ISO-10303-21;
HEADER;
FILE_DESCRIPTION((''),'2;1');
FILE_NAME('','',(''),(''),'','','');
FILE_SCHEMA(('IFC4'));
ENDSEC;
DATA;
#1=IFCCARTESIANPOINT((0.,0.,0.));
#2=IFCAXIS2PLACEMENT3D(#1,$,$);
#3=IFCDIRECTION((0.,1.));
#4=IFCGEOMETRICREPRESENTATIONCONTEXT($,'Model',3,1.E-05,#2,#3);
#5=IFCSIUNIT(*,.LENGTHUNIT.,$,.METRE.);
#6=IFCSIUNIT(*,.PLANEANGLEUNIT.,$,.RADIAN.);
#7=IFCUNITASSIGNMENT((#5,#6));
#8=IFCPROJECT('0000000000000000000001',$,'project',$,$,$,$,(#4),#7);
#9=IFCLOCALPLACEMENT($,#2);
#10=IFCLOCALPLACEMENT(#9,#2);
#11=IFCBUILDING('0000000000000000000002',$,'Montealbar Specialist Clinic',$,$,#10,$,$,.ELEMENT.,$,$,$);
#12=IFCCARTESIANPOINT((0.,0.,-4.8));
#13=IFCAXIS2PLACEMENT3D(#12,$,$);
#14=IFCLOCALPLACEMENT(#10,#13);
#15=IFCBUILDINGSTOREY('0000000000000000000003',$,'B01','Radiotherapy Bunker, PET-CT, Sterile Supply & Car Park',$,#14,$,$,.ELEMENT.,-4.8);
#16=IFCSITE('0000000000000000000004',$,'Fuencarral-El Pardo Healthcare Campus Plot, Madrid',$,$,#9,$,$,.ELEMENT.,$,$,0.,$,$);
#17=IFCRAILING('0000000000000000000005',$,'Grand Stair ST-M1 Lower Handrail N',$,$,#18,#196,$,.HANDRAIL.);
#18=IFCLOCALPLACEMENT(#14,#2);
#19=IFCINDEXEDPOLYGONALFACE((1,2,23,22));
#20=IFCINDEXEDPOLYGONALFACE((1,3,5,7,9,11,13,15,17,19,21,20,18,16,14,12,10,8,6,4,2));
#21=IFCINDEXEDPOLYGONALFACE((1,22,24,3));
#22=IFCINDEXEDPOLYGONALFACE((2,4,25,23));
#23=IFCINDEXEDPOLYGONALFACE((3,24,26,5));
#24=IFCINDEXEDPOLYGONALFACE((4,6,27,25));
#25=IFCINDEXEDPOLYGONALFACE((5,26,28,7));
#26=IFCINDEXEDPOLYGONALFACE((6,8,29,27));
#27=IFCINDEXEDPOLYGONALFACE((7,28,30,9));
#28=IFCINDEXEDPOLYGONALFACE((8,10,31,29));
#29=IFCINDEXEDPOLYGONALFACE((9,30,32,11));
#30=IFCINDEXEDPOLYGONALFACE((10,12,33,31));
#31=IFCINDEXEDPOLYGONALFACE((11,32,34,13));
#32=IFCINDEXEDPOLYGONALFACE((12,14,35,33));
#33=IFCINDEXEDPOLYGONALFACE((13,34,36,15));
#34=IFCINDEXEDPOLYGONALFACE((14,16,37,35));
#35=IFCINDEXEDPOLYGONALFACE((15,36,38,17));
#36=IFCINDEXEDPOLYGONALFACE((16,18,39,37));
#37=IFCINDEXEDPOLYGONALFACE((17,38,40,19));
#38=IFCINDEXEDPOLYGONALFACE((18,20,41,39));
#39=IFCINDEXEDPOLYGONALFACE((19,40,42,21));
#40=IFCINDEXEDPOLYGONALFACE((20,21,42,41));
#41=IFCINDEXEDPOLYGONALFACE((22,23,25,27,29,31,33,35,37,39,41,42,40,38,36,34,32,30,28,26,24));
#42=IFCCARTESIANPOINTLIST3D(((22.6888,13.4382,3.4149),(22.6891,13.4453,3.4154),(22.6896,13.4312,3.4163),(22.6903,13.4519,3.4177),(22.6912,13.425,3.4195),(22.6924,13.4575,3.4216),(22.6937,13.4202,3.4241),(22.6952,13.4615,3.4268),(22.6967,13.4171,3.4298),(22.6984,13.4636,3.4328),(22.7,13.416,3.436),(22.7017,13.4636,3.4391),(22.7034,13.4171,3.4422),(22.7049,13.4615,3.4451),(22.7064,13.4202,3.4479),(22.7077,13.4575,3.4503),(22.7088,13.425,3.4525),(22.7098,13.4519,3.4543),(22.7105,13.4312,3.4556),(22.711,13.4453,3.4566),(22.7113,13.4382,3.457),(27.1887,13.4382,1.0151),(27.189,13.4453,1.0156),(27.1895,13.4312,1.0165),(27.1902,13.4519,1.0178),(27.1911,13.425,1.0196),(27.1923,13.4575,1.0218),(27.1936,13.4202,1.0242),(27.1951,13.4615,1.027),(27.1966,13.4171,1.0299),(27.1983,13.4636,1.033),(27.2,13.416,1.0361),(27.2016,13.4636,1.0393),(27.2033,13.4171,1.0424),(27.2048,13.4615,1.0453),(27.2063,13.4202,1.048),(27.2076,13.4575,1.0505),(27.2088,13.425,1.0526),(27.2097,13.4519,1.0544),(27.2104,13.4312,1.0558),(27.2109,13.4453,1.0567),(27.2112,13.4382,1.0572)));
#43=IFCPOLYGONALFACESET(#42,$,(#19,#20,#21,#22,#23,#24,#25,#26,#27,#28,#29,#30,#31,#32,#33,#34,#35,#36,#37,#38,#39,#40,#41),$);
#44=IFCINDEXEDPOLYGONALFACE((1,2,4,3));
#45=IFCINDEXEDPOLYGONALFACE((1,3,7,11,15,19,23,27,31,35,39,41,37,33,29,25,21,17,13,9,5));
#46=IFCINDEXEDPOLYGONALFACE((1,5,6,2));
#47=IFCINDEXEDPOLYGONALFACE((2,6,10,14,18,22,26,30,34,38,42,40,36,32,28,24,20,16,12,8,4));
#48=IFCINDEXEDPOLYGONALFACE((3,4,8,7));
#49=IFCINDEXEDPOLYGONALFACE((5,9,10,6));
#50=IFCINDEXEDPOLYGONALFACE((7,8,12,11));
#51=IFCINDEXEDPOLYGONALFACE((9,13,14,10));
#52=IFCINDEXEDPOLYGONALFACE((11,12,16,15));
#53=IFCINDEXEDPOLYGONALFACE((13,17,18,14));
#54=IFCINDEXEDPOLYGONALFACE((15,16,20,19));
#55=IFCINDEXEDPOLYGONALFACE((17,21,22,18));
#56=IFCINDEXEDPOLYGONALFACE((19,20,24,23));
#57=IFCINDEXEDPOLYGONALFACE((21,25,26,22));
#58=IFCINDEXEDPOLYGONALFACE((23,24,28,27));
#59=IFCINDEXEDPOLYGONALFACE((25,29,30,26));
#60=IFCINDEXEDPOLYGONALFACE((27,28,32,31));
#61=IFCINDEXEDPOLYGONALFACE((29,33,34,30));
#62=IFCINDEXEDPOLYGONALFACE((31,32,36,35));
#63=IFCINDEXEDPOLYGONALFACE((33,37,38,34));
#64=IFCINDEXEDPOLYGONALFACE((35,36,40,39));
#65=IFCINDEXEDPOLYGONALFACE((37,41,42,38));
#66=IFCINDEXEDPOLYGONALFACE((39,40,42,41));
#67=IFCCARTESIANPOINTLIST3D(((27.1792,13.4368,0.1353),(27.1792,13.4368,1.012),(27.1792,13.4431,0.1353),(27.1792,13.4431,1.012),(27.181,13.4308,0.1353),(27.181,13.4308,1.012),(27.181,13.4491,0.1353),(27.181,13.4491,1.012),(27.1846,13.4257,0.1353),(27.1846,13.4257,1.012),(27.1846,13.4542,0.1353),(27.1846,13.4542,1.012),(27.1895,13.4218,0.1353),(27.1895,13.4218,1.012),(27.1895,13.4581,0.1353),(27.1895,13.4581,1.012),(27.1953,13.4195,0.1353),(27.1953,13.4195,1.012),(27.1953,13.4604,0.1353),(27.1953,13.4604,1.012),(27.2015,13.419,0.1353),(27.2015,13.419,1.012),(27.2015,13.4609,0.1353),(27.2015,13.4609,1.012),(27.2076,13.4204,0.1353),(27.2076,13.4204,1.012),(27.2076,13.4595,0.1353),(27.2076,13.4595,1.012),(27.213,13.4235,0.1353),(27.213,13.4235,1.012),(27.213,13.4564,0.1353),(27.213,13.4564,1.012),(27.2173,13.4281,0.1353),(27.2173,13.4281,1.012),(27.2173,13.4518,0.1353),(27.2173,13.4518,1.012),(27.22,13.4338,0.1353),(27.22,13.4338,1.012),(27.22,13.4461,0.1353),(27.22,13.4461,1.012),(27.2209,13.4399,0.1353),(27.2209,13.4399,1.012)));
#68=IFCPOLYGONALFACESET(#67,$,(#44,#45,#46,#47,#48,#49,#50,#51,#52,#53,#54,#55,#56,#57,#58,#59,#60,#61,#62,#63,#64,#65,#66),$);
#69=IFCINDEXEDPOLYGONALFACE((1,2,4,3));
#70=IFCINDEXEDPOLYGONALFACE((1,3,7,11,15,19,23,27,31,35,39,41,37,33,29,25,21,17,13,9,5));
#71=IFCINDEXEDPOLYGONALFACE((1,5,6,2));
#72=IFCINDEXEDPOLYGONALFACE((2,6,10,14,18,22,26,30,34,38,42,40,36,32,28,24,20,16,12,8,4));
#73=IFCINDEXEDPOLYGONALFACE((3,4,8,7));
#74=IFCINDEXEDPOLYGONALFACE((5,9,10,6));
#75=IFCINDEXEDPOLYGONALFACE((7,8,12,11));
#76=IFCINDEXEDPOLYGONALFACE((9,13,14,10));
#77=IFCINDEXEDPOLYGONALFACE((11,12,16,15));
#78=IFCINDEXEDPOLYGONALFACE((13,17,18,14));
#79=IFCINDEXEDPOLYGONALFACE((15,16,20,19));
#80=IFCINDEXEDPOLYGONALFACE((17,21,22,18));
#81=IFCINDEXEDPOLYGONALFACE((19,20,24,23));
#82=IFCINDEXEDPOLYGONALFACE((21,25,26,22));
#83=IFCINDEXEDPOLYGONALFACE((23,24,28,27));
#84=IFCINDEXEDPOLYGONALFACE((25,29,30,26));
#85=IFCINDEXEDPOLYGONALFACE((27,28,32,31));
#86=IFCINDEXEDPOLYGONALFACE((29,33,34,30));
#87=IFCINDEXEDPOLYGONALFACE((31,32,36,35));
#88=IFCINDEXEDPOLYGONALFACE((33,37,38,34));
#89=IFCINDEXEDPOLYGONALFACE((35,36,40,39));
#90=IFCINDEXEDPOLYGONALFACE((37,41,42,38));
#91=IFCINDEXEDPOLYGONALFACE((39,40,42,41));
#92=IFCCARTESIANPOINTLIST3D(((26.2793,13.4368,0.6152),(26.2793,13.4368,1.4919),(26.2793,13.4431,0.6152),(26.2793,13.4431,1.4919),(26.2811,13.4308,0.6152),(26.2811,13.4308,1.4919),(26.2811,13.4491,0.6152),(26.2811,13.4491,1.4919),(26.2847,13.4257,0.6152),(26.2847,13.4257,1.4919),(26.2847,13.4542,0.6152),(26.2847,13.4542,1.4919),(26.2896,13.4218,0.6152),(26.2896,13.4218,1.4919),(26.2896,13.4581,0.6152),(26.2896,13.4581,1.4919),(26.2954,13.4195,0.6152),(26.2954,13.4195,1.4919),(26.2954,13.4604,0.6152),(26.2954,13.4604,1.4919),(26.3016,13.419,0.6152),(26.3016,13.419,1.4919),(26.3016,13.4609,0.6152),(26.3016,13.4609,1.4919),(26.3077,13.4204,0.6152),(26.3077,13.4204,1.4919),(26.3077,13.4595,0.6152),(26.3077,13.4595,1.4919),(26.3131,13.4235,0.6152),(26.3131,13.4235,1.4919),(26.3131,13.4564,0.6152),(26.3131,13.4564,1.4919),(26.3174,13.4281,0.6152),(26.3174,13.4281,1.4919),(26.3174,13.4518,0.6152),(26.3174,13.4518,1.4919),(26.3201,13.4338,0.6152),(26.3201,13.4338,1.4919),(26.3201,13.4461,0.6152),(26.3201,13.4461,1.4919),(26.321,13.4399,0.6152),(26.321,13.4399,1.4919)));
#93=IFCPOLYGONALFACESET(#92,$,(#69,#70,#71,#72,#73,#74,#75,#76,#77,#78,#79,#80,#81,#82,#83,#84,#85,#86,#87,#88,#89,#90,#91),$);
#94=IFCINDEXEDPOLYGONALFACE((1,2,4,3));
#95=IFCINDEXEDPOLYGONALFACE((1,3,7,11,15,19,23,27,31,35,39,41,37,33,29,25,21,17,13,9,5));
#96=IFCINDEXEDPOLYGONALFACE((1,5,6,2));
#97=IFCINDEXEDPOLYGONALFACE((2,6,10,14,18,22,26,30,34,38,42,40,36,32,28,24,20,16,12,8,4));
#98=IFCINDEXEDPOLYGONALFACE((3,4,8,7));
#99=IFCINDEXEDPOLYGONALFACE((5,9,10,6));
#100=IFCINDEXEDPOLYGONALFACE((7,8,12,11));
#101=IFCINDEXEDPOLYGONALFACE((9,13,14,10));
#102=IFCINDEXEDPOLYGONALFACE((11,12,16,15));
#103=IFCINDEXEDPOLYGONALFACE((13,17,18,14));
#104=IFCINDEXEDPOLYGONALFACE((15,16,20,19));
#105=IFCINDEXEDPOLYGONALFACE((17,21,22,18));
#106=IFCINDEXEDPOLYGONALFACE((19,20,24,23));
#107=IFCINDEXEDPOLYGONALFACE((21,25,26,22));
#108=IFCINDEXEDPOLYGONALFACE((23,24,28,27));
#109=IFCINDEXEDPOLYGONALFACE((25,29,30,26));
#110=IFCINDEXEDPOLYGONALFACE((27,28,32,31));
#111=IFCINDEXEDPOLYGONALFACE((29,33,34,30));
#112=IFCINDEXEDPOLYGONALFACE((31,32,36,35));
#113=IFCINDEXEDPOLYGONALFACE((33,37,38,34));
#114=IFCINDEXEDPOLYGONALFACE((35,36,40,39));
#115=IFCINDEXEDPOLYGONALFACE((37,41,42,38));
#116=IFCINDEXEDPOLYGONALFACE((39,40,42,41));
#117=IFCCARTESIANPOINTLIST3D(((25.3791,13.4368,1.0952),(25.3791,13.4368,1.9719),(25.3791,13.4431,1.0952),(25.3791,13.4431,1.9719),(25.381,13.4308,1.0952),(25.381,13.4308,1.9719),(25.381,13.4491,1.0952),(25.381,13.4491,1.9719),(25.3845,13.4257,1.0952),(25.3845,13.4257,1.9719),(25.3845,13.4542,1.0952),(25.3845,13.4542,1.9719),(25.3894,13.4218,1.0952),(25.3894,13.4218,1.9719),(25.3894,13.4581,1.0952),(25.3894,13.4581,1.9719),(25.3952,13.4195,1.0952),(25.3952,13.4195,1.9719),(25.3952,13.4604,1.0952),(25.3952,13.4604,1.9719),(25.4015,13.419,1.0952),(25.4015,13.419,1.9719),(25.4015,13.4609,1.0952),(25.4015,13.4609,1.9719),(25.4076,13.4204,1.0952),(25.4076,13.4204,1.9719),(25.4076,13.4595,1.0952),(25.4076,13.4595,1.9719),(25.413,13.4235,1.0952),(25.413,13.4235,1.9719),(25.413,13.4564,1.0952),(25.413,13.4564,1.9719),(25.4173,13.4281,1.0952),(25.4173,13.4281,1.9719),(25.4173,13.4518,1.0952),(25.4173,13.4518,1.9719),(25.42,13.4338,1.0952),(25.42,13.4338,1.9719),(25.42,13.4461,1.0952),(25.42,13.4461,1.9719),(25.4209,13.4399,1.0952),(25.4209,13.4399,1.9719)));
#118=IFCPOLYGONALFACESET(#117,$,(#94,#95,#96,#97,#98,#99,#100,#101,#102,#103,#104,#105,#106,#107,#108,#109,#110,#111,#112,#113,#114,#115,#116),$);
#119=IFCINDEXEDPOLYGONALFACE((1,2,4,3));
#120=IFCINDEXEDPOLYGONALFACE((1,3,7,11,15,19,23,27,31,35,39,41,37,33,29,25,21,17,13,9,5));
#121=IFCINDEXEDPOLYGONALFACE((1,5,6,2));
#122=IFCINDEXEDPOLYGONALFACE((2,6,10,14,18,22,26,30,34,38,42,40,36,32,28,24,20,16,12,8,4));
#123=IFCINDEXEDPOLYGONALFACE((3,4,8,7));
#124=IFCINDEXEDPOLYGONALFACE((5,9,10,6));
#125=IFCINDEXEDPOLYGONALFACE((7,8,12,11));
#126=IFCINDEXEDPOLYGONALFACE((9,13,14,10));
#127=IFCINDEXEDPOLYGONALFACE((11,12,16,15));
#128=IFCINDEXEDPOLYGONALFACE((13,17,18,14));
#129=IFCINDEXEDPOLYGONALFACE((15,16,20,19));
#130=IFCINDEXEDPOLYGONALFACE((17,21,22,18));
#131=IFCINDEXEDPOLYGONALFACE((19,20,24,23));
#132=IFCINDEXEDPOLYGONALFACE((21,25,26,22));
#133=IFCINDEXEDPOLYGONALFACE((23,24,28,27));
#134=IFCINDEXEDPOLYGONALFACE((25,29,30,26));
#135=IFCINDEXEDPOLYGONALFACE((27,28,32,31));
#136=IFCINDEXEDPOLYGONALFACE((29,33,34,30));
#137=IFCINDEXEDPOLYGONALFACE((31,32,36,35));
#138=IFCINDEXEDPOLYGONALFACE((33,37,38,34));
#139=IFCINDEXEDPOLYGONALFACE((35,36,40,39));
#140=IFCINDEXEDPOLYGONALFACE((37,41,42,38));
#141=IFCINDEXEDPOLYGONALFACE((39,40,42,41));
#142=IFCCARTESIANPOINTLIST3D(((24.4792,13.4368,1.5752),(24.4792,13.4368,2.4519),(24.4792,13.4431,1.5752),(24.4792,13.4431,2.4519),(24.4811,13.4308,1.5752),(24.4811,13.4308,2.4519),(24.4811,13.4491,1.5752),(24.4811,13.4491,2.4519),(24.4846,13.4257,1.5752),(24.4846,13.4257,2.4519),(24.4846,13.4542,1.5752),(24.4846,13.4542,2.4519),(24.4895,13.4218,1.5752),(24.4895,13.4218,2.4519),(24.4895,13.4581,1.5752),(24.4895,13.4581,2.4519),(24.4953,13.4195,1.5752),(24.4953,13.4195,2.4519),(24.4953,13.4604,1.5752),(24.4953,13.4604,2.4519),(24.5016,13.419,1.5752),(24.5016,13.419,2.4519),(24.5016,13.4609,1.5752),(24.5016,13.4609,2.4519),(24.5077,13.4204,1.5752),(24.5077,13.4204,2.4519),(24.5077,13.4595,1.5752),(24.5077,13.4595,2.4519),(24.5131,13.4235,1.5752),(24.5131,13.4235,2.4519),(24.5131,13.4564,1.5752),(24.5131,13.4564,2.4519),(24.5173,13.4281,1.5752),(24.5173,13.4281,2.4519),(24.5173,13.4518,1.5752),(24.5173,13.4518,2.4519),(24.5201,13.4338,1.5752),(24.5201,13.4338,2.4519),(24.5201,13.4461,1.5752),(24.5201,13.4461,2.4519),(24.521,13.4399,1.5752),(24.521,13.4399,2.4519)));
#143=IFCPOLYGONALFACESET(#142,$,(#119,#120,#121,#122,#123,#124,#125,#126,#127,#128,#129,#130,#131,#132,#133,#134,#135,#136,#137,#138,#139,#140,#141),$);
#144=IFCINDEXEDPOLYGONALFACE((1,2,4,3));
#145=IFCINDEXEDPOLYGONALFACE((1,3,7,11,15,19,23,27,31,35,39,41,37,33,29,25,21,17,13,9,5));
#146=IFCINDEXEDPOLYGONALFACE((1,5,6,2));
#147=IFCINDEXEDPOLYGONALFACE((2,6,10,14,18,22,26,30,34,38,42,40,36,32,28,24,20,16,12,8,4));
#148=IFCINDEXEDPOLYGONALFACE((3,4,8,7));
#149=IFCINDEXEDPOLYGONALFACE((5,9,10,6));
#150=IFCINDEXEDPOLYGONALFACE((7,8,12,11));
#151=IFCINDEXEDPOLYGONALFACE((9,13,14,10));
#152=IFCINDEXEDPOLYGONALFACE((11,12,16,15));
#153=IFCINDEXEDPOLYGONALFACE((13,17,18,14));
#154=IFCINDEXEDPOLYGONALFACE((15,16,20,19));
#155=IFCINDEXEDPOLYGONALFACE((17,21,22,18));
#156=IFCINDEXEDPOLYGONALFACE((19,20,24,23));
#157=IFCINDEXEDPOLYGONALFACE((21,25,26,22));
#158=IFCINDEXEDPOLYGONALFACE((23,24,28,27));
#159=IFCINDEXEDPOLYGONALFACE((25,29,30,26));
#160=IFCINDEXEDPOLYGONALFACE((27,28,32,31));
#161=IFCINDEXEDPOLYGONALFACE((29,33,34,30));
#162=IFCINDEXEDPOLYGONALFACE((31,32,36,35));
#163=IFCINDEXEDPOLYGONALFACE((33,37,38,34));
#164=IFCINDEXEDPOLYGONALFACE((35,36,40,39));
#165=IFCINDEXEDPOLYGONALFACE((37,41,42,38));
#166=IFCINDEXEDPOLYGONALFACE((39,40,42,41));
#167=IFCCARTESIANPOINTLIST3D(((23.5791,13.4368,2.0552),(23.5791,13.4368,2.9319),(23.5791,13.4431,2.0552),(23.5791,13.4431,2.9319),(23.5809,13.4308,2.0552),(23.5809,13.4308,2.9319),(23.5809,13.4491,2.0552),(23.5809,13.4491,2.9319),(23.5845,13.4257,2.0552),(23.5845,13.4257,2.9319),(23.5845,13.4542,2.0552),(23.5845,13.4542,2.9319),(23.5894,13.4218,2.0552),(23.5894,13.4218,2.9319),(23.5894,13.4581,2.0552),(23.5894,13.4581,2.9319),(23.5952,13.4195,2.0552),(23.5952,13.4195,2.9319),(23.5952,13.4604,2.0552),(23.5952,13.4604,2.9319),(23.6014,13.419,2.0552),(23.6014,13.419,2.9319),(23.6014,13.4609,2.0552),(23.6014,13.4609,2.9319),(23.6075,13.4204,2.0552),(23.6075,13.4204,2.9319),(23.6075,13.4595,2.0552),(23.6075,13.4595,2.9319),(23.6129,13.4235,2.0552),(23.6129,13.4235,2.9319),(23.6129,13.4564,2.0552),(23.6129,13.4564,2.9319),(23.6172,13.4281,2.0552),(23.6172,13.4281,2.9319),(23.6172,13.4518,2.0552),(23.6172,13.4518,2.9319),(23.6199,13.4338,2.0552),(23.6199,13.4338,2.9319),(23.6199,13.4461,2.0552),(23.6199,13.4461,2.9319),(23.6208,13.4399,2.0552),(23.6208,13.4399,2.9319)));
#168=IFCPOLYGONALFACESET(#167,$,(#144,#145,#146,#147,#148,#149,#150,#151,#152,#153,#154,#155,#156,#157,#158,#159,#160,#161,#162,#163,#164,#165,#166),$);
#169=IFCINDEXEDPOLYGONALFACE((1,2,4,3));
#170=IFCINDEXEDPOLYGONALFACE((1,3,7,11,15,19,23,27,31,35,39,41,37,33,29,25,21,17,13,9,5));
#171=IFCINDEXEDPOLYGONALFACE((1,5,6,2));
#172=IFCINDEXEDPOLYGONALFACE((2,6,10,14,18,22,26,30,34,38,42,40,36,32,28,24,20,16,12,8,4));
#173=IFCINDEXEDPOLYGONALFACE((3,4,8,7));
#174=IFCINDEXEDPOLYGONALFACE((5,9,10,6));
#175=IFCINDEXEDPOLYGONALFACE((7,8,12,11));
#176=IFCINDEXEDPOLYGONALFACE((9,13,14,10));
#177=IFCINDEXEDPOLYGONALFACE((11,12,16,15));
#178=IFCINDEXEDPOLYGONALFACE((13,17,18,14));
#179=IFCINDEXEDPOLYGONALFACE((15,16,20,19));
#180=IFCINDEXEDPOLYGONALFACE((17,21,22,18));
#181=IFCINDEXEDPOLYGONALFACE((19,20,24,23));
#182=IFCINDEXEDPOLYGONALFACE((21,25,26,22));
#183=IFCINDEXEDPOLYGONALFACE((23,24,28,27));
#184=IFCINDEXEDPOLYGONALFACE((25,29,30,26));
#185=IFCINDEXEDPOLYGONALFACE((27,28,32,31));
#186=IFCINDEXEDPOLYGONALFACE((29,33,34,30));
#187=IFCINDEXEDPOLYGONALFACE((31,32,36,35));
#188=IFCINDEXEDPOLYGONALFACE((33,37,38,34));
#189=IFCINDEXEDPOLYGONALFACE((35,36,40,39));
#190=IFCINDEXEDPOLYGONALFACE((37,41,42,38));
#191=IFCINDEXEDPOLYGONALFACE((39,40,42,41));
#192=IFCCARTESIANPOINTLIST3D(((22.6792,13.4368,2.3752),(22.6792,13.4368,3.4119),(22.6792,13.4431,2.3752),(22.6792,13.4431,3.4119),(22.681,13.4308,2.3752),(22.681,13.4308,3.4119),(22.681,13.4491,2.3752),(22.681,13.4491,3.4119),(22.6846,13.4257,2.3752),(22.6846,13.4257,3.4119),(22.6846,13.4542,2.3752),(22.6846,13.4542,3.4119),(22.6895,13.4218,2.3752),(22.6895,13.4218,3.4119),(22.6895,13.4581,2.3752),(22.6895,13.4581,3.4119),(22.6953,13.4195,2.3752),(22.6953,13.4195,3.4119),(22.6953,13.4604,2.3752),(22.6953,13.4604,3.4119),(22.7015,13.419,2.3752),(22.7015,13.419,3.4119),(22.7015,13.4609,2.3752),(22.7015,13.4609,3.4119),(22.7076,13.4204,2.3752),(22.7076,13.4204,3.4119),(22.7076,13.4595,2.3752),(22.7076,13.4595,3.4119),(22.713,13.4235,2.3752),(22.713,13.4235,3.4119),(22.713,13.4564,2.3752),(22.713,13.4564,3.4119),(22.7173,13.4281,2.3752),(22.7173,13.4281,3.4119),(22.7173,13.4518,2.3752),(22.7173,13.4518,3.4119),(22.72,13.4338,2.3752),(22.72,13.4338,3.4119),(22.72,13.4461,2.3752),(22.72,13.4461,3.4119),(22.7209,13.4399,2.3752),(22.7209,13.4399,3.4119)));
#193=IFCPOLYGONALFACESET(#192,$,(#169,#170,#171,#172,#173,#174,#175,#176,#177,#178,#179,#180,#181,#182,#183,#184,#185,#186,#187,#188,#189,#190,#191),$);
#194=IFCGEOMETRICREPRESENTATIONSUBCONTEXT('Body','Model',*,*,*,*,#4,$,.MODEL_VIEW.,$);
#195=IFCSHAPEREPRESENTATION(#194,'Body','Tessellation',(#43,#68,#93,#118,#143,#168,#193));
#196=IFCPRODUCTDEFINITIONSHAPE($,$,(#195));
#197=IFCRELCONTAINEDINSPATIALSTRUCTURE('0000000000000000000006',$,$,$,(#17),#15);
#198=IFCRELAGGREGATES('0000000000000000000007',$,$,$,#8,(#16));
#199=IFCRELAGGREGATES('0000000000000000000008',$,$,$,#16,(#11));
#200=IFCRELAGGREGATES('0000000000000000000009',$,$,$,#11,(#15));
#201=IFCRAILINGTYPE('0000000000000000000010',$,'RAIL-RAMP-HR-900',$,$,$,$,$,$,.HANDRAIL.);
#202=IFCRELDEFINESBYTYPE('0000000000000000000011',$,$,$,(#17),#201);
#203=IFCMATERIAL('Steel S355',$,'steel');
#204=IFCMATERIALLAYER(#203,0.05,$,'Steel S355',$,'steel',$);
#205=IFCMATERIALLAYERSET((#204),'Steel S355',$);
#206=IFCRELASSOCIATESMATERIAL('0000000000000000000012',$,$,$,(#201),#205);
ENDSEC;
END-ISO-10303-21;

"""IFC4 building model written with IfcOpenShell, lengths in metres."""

from ifc_helpers import new_model, si_unit, direction, frame, origin, origin_2d, place, context, subcontext, project, spatial, circle, extrude, material, layer, layer_set, type_object, element, save


model = new_model("IFC4")

# Units and contexts
model_context = context("Model", 3, precision=1e-05, world=origin(), true_north=direction((0.0, 1.0)))
body_context = subcontext(model_context, "Body", "Model", "MODEL_VIEW")
ifc_project = project(units=[si_unit("LENGTHUNIT", "METRE"), si_unit("PLANEANGLEUNIT", "RADIAN")], contexts=[model_context])

# Site, building, storey
site_placement = place(None, origin())
site = spatial("IfcSite", under=ifc_project, at=site_placement, Name="Fuencarral-El Pardo Healthcare Campus Plot, Madrid", CompositionType="ELEMENT", RefElevation=0.0)
building_placement = place(site_placement, origin())
building = spatial("IfcBuilding", under=site, at=building_placement, Name="Montealbar Specialist Clinic", CompositionType="ELEMENT")
storey_placement = place(building_placement, frame((0.0, 0.0, -4.8)))
storey = spatial("IfcBuildingStorey", under=building, at=storey_placement, Name="B01", Description="Radiotherapy Bunker, PET-CT, Sterile Supply & Car Park", CompositionType="ELEMENT", Elevation=-4.8)

# Railing
ifc_material_1 = material(Name="Steel S355", Category="steel")
ifc_layer_1 = layer(ifc_material_1, 0.05, Name="Steel S355", Category="steel")
ifc_layer_set_1 = layer_set([ifc_layer_1], Name="Steel S355")
railing_type = type_object("IfcRailingType", Name="RAIL-RAMP-HR-900", PredefinedType="HANDRAIL", material=ifc_layer_set_1)
for number, where, name in (
    (1, (27.2, 13.4399, 0.1602), "Grand Stair ST-M1 Lower Handrail N"),
):
    element("IfcRailing", number, at=place(storey_placement, frame(where)), inside=storey, type_object=railing_type, Name=name, PredefinedType="HANDRAIL", context=body_context, shape_type="SweptSolid", body=[
        extrude(circle(Radius=0.0239, at=origin_2d()), frame((0.0, 0.0, 0.876), z_axis=(-0.882361, 0.0, 0.470573), x_axis=(0.0, -1.0, 0.0)), (0.0, 0.0, 1.0), 5.0999),
        extrude(circle(Radius=0.021, at=origin_2d()), frame((0.0, 0.0, -0.0249)), (0.0, 0.0, 1.0), 0.8767),
        extrude(circle(Radius=0.021, at=origin_2d()), frame((-0.8999, 0.0, 0.4551)), (0.0, 0.0, 1.0), 0.8767),
        extrude(circle(Radius=0.021, at=origin_2d()), frame((-1.8, 0.0, 0.9351)), (0.0, 0.0, 1.0), 0.8767),
        extrude(circle(Radius=0.021, at=origin_2d()), frame((-2.7, 0.0, 1.415)), (0.0, 0.0, 1.0), 0.8767),
        extrude(circle(Radius=0.021, at=origin_2d()), frame((-3.6001, 0.0, 1.895)), (0.0, 0.0, 1.0), 0.8767),
        extrude(circle(Radius=0.021, at=origin_2d()), frame((-4.5, 0.0, 2.2151)), (0.0, 0.0, 1.0), 1.0366),
    ])

save(model, "model.ifc")
